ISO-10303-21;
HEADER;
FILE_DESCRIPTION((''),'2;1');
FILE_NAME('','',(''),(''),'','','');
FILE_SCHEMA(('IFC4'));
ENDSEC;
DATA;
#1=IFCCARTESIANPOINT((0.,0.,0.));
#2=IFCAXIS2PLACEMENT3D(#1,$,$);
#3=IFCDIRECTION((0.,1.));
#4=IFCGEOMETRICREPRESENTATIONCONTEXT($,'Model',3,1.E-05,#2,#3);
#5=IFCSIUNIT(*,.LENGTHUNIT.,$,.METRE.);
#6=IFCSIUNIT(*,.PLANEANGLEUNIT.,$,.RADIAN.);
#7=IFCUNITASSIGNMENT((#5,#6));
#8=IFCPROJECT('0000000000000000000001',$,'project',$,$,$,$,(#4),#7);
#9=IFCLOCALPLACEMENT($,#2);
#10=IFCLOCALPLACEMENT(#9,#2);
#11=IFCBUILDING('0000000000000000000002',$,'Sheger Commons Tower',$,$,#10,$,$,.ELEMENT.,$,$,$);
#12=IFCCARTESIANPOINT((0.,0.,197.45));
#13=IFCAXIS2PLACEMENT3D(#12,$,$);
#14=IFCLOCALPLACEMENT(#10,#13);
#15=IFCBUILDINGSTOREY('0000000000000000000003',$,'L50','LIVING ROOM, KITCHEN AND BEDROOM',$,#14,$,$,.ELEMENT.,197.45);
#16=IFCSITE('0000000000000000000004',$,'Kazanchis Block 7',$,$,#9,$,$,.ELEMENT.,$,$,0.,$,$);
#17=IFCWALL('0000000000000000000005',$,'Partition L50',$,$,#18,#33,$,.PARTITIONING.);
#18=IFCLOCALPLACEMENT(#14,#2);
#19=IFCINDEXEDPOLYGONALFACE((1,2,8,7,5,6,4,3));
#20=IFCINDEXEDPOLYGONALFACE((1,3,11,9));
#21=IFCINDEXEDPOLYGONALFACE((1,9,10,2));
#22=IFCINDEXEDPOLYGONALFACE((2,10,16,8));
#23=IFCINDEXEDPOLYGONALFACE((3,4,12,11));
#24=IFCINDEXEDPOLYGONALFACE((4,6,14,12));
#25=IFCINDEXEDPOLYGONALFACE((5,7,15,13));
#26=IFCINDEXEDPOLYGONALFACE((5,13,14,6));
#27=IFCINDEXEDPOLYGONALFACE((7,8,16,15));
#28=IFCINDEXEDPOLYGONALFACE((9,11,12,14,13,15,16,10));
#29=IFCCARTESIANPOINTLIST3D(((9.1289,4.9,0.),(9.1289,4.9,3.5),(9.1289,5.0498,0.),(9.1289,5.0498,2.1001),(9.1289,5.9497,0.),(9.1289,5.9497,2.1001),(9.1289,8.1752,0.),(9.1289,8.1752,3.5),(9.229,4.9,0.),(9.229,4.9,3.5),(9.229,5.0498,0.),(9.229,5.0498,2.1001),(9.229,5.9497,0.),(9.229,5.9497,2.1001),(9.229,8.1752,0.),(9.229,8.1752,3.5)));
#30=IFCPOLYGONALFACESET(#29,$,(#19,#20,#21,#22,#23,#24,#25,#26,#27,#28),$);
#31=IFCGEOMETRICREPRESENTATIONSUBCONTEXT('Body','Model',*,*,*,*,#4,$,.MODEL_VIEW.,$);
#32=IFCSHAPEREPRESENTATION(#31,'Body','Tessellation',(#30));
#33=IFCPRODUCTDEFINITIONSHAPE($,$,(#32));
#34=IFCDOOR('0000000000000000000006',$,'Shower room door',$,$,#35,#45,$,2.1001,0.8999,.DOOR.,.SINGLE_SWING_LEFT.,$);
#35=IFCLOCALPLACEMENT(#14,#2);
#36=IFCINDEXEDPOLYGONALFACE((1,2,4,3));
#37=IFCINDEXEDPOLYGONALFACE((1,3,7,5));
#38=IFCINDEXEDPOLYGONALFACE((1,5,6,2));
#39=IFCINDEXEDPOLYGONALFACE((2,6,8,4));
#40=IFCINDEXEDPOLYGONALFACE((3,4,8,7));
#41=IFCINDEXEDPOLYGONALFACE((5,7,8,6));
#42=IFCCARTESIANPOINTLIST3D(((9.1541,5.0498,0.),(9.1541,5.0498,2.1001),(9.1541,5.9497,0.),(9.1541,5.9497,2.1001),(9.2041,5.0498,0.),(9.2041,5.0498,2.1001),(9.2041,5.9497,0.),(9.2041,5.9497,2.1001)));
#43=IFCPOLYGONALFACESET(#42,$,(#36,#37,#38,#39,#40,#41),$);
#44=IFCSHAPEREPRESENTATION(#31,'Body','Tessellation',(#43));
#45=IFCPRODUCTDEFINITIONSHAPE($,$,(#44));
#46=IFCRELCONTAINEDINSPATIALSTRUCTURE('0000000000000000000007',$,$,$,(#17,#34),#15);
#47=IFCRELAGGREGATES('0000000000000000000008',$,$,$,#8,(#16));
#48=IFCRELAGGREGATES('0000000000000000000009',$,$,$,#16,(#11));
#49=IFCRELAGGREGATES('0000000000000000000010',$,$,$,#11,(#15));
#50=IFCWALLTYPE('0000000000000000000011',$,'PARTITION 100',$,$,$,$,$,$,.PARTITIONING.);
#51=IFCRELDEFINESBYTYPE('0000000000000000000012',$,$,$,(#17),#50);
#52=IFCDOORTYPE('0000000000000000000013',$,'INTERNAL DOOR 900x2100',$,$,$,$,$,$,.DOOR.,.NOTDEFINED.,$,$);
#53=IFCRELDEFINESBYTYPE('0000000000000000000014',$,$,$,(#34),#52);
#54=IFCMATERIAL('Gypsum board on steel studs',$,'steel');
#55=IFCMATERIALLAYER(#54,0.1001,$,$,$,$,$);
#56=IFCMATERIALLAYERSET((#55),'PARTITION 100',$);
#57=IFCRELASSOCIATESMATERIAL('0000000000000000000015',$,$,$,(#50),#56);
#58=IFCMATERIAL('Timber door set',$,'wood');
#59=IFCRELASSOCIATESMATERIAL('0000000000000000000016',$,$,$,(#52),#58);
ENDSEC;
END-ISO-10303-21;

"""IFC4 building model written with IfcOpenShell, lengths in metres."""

from ifc_helpers import new_model, si_unit, direction, frame, frame_2d, origin, place, context, subcontext, project, spatial, rectangle, extrude, material, layer, layer_set, type_object, element, fill, save


model = new_model("IFC4")

# Units and contexts
model_context = context("Model", 3, precision=1e-05, world=origin(), true_north=direction((0.0, 1.0)))
body_context = subcontext(model_context, "Body", "Model", "MODEL_VIEW")
ifc_project = project(units=[si_unit("LENGTHUNIT", "METRE"), si_unit("PLANEANGLEUNIT", "RADIAN")], contexts=[model_context])

# Site, building, storey
site_placement = place(None, origin())
site = spatial("IfcSite", under=ifc_project, at=site_placement, Name="Kazanchis Block 7", CompositionType="ELEMENT", RefElevation=0.0)
building_placement = place(site_placement, origin())
building = spatial("IfcBuilding", under=site, at=building_placement, Name="Sheger Commons Tower", CompositionType="ELEMENT")
storey_placement = place(building_placement, frame((0.0, 0.0, 197.45)))
storey = spatial("IfcBuildingStorey", under=building, at=storey_placement, Name="L50", Description="LIVING ROOM, KITCHEN AND BEDROOM", CompositionType="ELEMENT", Elevation=197.45)

# Shared definitions
ifc_material_1 = material(Name="Gypsum board on steel studs", Category="steel")
ifc_layer_1 = layer(ifc_material_1, 0.1001)
ifc_layer_set_1 = layer_set([ifc_layer_1], Name="PARTITION 100")
wall_type = type_object("IfcWallType", Name="PARTITION 100", PredefinedType="PARTITIONING", material=ifc_layer_set_1)

# Wall, opening, door
wall_1_placement = place(storey_placement, frame((9.179, 4.8999, 0.0), z_axis=(0.0, 0.0, 1.0), x_axis=(0.0, 1.0, 0.0)))
wall_1 = element("IfcWall", 1, at=wall_1_placement, inside=storey, type_object=wall_type, Name="Partition L50", PredefinedType="PARTITIONING", context=body_context, shape_type="SweptSolid", body=[
    extrude(rectangle(XDim=3.2751, YDim=0.1001, at=frame_2d((1.6377, 0.0))), origin(), (0.0, 0.0, 1.0), 3.5),
])
opening_placement = place(wall_1_placement, frame((0.1499, 0.0, 0.0)))
opening = element("IfcOpeningElement", 2, at=opening_placement, cuts=wall_1, PredefinedType="OPENING", context=body_context, shape_type="SweptSolid", body=[
    extrude(rectangle(XDim=0.8999, YDim=2.1001, at=frame_2d((0.45, 1.05))), frame((0.0, 0.0601, 0.0), z_axis=(0.0, -1.0, 0.0), x_axis=(1.0, 0.0, 0.0)), (0.0, 0.0, 1.0), 0.1201),
])
ifc_material_2 = material(Name="Timber door set", Category="wood")
door_type = type_object("IfcDoorType", Name="INTERNAL DOOR 900x2100", OperationType="NOTDEFINED", PredefinedType="DOOR", material=ifc_material_2)
door_placement = place(opening_placement, origin())
door = element("IfcDoor", 3, at=door_placement, inside=storey, type_object=door_type, Name="Shower room door", OperationType="SINGLE_SWING_LEFT", OverallHeight=2.1001, OverallWidth=0.8999, PredefinedType="DOOR", context=body_context, shape_type="SweptSolid", body=[
    extrude(rectangle(XDim=0.8999, YDim=2.1001, at=frame_2d((0.45, 1.05))), frame((0.0, 0.0249, 0.0), z_axis=(0.0, -1.0, 0.0), x_axis=(1.0, 0.0, 0.0)), (0.0, 0.0, 1.0), 0.05),
])
fill(opening, door)

save(model, "model.ifc")
